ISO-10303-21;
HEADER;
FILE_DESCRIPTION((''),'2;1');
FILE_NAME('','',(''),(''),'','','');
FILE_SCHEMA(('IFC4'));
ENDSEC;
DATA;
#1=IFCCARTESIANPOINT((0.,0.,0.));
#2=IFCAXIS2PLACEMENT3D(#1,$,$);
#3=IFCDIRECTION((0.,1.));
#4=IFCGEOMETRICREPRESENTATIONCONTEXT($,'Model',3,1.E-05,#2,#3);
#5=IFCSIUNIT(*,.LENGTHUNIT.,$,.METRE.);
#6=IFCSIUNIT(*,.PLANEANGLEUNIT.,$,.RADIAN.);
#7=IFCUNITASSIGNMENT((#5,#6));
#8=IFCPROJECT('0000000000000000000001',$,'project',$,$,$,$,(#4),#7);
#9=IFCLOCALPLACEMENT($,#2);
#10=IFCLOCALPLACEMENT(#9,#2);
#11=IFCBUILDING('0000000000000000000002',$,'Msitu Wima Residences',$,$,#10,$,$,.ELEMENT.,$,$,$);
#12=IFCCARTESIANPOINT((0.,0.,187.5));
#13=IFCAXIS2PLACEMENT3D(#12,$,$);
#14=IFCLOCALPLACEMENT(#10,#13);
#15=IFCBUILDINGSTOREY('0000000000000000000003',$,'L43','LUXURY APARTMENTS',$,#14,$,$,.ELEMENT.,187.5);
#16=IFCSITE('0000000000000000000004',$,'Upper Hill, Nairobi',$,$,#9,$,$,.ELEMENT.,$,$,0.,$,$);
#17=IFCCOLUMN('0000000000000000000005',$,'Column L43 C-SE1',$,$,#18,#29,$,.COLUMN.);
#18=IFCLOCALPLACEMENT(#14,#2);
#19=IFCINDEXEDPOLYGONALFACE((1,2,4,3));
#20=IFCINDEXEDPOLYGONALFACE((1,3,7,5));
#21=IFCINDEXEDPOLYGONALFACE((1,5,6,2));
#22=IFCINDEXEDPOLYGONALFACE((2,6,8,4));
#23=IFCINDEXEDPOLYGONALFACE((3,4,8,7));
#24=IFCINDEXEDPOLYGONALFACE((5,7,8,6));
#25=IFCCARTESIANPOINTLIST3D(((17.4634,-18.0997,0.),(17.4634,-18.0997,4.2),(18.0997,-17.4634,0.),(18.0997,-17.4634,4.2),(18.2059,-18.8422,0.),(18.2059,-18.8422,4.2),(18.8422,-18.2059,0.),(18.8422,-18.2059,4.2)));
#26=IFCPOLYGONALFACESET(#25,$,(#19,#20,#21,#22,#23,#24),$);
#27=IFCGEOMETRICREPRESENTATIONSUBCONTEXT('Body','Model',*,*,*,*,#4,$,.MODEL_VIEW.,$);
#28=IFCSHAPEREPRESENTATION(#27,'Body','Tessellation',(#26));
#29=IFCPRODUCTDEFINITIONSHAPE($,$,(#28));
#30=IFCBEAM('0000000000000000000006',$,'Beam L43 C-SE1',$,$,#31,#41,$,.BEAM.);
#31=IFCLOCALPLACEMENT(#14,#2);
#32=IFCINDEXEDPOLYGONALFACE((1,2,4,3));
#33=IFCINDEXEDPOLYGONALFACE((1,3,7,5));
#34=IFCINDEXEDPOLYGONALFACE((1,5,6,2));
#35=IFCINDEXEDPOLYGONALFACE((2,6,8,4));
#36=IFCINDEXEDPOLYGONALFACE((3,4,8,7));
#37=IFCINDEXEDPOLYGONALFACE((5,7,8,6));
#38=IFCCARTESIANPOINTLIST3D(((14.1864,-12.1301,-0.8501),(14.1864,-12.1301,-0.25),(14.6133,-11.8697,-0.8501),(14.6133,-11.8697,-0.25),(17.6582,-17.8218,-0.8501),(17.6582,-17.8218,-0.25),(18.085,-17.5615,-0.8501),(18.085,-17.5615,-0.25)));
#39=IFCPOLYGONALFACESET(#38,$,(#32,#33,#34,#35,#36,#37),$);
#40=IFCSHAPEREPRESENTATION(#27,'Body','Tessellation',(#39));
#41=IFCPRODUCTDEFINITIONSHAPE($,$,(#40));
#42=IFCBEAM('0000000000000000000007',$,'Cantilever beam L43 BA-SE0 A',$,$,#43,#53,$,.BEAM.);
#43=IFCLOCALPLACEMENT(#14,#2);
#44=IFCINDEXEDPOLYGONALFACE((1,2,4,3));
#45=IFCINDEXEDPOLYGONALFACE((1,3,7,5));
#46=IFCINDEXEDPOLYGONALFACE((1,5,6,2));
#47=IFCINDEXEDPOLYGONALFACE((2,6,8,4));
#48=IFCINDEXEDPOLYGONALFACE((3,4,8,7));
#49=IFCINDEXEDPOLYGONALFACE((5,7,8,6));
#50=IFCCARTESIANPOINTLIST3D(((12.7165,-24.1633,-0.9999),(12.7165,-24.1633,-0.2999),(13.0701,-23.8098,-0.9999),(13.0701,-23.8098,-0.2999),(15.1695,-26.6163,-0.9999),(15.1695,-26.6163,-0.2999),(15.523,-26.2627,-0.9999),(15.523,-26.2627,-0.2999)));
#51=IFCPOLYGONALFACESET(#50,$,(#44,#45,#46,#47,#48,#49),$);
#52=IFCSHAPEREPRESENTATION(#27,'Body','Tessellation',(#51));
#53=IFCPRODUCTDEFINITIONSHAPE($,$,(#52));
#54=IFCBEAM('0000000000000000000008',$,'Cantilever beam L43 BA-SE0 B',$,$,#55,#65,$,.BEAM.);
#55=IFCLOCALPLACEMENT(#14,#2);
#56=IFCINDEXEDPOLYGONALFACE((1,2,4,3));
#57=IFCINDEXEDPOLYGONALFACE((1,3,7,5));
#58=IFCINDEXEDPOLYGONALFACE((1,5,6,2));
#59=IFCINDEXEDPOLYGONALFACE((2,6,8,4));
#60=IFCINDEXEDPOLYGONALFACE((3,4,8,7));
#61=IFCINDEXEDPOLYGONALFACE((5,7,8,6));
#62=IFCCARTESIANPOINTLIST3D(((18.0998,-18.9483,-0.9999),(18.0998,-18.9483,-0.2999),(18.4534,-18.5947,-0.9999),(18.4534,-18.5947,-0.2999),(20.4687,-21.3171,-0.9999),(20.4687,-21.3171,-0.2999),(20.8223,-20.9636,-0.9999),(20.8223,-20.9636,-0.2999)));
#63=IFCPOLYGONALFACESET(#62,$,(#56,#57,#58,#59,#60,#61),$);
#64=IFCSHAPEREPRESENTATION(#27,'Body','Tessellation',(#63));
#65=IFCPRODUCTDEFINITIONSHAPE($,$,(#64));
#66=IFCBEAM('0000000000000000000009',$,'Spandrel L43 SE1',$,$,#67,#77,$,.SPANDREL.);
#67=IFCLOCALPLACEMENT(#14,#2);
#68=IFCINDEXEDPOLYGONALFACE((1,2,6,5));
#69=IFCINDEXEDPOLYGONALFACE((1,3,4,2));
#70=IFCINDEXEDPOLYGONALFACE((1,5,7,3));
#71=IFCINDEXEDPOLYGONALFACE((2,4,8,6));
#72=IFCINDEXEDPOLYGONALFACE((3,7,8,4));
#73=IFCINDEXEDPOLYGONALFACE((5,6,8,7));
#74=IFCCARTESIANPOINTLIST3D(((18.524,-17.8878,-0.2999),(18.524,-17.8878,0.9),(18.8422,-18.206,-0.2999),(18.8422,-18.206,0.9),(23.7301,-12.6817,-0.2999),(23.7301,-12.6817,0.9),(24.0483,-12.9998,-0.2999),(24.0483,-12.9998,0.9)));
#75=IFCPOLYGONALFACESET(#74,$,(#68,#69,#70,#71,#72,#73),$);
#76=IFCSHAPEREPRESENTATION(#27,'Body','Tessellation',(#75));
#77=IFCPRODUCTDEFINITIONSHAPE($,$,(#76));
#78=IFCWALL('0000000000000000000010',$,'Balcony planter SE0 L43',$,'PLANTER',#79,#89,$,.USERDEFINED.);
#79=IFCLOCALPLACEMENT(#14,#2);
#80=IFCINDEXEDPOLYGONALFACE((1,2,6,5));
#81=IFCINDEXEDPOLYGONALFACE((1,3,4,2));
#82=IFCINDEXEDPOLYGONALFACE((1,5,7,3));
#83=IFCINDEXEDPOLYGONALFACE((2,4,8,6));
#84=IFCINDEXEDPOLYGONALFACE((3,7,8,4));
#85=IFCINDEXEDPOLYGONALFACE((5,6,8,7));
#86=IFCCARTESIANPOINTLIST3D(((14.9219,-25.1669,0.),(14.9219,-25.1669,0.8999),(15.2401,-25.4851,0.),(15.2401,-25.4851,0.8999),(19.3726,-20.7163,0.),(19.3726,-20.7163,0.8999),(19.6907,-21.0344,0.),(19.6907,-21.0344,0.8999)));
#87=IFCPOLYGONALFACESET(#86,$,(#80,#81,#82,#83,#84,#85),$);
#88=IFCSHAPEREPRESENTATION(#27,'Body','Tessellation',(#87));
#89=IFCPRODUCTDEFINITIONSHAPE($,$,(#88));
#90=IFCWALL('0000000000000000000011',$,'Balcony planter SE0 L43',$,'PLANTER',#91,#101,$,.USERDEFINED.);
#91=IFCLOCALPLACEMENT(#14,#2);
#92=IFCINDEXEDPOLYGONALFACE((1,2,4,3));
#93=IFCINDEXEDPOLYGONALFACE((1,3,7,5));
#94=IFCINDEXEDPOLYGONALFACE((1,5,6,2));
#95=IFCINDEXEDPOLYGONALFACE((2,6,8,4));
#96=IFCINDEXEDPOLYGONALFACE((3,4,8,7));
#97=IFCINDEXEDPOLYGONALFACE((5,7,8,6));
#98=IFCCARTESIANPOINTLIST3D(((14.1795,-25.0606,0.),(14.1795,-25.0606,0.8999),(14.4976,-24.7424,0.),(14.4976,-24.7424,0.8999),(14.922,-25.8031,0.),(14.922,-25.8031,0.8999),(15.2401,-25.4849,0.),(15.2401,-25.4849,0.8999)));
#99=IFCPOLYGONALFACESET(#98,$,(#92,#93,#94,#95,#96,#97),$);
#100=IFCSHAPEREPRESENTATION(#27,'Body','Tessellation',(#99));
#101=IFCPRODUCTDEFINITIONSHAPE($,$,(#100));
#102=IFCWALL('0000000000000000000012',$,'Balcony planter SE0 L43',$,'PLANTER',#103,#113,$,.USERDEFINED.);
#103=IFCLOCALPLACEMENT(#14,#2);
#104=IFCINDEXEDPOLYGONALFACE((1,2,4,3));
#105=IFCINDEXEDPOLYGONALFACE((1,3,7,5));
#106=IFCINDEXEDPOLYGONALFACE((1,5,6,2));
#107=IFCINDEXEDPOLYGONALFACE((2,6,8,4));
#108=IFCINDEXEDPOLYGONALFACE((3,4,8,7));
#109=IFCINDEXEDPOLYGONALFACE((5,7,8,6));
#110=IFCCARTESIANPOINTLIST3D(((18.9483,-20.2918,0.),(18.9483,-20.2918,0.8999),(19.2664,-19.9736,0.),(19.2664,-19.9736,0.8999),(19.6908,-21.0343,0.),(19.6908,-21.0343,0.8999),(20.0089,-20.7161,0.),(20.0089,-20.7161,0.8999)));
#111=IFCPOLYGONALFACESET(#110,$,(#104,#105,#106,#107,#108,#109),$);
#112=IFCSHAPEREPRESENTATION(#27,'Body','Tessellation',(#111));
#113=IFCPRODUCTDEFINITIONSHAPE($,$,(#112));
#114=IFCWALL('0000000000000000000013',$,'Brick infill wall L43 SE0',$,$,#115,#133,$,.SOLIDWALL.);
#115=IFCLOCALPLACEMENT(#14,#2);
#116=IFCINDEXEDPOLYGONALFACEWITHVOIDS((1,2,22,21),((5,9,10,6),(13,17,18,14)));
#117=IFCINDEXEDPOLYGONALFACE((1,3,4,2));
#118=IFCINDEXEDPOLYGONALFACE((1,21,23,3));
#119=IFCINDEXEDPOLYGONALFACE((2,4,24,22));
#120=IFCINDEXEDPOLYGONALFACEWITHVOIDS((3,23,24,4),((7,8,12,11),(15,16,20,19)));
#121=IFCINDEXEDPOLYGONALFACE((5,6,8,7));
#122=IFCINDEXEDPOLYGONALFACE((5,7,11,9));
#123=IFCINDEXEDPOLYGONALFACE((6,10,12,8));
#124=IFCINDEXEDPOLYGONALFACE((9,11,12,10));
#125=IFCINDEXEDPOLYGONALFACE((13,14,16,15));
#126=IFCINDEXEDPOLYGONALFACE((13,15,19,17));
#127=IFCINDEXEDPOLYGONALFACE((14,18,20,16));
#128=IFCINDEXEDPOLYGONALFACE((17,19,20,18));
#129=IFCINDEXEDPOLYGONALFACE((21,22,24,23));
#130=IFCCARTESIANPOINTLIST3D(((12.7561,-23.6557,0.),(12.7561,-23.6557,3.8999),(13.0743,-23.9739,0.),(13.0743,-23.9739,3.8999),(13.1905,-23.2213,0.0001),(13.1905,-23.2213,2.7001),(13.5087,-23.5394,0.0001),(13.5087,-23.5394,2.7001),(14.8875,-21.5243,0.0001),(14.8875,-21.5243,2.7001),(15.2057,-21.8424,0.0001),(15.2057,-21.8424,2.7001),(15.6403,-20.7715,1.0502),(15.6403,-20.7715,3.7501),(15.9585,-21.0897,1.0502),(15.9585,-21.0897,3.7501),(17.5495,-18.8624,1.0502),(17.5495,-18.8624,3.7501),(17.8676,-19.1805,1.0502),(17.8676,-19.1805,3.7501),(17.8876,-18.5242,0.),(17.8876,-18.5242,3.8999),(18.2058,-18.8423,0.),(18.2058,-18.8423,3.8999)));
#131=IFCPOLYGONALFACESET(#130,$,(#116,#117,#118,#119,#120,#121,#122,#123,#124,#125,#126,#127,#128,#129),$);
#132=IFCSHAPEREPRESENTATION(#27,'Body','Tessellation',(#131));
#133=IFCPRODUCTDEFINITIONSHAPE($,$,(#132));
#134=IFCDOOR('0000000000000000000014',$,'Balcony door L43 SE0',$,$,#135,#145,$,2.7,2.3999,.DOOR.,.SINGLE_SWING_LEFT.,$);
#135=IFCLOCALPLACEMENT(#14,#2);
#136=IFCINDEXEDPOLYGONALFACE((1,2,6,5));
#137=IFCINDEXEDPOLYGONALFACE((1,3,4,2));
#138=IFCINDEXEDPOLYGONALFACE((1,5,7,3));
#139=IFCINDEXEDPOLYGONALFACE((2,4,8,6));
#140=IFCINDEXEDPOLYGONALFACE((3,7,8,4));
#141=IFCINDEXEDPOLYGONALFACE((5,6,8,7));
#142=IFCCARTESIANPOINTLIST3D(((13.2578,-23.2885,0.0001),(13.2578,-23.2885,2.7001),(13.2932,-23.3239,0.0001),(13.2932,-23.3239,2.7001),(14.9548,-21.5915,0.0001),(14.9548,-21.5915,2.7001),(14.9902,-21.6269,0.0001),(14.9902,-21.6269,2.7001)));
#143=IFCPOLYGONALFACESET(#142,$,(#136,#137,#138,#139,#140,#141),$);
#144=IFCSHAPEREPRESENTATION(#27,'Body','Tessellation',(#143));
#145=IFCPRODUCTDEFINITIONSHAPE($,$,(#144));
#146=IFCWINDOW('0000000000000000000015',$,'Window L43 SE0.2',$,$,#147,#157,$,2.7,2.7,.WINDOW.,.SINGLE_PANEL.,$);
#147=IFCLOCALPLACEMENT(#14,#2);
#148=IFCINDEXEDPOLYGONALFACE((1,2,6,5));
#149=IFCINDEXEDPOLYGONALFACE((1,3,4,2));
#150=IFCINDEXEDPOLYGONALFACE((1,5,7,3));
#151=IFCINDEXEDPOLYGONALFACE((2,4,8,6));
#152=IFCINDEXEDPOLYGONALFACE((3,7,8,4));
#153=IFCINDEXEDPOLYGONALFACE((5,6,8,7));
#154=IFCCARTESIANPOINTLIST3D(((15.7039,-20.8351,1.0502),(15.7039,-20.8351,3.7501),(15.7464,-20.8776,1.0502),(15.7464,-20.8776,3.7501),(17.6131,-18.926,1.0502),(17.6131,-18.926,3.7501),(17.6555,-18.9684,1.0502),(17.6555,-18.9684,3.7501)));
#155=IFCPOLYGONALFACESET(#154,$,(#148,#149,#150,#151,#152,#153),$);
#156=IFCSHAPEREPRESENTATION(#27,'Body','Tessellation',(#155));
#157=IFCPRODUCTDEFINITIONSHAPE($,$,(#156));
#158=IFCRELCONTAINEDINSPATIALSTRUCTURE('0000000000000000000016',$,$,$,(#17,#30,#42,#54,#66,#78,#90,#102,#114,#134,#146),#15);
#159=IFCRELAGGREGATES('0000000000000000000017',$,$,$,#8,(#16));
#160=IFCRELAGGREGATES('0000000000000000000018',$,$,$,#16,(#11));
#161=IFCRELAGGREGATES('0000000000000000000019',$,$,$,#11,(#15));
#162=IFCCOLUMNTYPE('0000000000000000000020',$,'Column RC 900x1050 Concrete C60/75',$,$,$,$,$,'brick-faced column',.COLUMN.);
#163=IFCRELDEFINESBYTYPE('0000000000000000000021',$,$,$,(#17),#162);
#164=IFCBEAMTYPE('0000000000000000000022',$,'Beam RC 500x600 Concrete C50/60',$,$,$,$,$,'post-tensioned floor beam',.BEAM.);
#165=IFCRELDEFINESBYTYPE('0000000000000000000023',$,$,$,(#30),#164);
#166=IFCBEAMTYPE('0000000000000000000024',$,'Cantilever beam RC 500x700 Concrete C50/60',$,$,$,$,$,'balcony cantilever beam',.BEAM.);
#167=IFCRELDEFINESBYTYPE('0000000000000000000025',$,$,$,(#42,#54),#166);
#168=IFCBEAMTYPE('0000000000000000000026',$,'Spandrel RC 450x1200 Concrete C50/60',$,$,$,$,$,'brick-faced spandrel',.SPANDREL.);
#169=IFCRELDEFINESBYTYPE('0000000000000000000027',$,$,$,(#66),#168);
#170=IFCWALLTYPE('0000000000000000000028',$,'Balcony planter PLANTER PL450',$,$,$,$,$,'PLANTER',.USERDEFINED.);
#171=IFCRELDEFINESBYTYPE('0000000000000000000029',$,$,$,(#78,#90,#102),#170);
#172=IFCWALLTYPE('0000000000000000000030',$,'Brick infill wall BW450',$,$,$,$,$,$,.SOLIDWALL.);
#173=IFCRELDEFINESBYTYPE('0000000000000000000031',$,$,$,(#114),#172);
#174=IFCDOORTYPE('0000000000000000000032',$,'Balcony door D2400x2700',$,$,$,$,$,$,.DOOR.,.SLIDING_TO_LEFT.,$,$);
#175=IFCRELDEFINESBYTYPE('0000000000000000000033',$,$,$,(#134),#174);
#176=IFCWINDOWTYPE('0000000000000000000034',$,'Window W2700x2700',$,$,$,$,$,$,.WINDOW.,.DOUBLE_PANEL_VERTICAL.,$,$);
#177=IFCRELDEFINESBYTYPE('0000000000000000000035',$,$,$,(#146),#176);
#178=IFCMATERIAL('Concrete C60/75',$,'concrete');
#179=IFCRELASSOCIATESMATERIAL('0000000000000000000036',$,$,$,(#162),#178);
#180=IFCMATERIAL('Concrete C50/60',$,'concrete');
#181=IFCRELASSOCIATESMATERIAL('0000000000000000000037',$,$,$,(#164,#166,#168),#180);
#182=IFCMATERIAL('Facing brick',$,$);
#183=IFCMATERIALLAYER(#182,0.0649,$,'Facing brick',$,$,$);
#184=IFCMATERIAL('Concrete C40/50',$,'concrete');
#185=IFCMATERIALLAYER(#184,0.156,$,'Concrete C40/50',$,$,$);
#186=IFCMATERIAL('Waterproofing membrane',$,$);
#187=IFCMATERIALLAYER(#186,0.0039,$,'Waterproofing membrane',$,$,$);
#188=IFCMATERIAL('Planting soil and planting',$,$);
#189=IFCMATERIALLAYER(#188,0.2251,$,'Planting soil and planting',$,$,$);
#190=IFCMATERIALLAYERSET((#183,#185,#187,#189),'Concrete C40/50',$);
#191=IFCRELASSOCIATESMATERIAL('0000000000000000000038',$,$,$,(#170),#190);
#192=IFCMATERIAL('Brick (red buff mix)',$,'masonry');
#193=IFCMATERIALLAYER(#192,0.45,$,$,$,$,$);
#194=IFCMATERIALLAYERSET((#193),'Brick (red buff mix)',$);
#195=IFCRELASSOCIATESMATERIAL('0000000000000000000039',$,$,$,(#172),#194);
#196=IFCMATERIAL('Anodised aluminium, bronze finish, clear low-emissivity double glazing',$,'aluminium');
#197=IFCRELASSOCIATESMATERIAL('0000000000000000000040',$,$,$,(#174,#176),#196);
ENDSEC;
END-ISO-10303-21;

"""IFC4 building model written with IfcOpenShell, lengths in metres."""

from ifc_helpers import new_model, si_unit, direction, frame, frame_2d, origin, origin_2d, place, context, subcontext, project, spatial, rectangle, extrude, material, layer, layer_set, material_profile, profile_set, type_object, element, fill, save


model = new_model("IFC4")

# Units and contexts
model_context = context("Model", 3, precision=1e-05, world=origin(), true_north=direction((0.0, 1.0)))
body_context = subcontext(model_context, "Body", "Model", "MODEL_VIEW")
ifc_project = project(units=[si_unit("LENGTHUNIT", "METRE"), si_unit("PLANEANGLEUNIT", "RADIAN")], contexts=[model_context])

# Site, building, storey
site_placement = place(None, origin())
site = spatial("IfcSite", under=ifc_project, at=site_placement, Name="Upper Hill, Nairobi", CompositionType="ELEMENT", RefElevation=0.0)
building_placement = place(site_placement, origin())
building = spatial("IfcBuilding", under=site, at=building_placement, Name="Msitu Wima Residences", CompositionType="ELEMENT")
storey_placement = place(building_placement, frame((0.0, 0.0, 187.5)))
storey = spatial("IfcBuildingStorey", under=building, at=storey_placement, Name="L43", Description="LUXURY APARTMENTS", CompositionType="ELEMENT", Elevation=187.5)

# Column
ifc_material_1 = material(Name="Concrete C60/75", Category="concrete")
ifc_material_profile_1 = material_profile(ifc_material_1, rectangle(XDim=0.8999, YDim=1.05, at=origin_2d()), Name="RC 900x1050")
ifc_profile_set_1 = profile_set([ifc_material_profile_1], Name="Concrete C60/75")
column_type = type_object("IfcColumnType", Name="Column RC 900x1050 Concrete C60/75", ElementType="brick-faced column", PredefinedType="COLUMN", material=ifc_profile_set_1)
column_placement = place(storey_placement, frame((18.1528, -18.1528, 0.0), z_axis=(0.0, 0.0, 1.0), x_axis=(0.707107, 0.707107, 0.0)))
element("IfcColumn", 1, at=column_placement, inside=storey, type_object=column_type, Name="Column L43 C-SE1", PredefinedType="COLUMN", context=body_context, shape_type="SweptSolid", body=[
    extrude(rectangle(XDim=0.8999, YDim=1.05, at=origin_2d()), origin(), (0.0, 0.0, 1.0), 4.2),
])

# Beams
ifc_material_2 = material(Name="Concrete C50/60", Category="concrete")
ifc_material_profile_2 = material_profile(ifc_material_2, rectangle(XDim=0.5, YDim=0.6001, at=origin_2d()), Name="RC 500x600")
ifc_profile_set_2 = profile_set([ifc_material_profile_2], Name="Concrete C50/60")
beam_type_1 = type_object("IfcBeamType", Name="Beam RC 500x600 Concrete C50/60", ElementType="post-tensioned floor beam", PredefinedType="BEAM", material=ifc_profile_set_2)
beam_1_placement = place(storey_placement, frame((17.8716, -17.6917, -0.55), z_axis=(-0.520734, 0.853719, 0.0), x_axis=(-0.853719, -0.520734, 0.0)))
element("IfcBeam", 2, at=beam_1_placement, inside=storey, type_object=beam_type_1, Name="Beam L43 C-SE1", PredefinedType="BEAM", context=body_context, shape_type="SweptSolid", body=[
    extrude(rectangle(XDim=0.5, YDim=0.6001, at=origin_2d()), origin(), (0.0, 0.0, 1.0), 6.667),
])
ifc_material_profile_3 = material_profile(ifc_material_2, rectangle(XDim=0.5, YDim=0.7, at=origin_2d()), Name="RC 500x700")
ifc_profile_set_3 = profile_set([ifc_material_profile_3], Name="Concrete C50/60")
beam_type_2 = type_object("IfcBeamType", Name="Cantilever beam RC 500x700 Concrete C50/60", ElementType="balcony cantilever beam", PredefinedType="BEAM", material=ifc_profile_set_3)
beam_2_placement = place(storey_placement, frame((12.8933, -23.9866, -0.6499), z_axis=(0.707107, -0.707107, 0.0), x_axis=(0.707107, 0.707107, 0.0)))
element("IfcBeam", 3, at=beam_2_placement, inside=storey, type_object=beam_type_2, Name="Cantilever beam L43 BA-SE0 A", PredefinedType="BEAM", context=body_context, shape_type="SweptSolid", body=[
    extrude(rectangle(XDim=0.5, YDim=0.7, at=origin_2d()), origin(), (0.0, 0.0, 1.0), 3.469),
])
beam_3_placement = place(storey_placement, frame((18.2766, -18.7715, -0.6499), z_axis=(0.707107, -0.707107, 0.0), x_axis=(0.707107, 0.707107, 0.0)))
element("IfcBeam", 4, at=beam_3_placement, inside=storey, type_object=beam_type_2, Name="Cantilever beam L43 BA-SE0 B", PredefinedType="BEAM", context=body_context, shape_type="SweptSolid", body=[
    extrude(rectangle(XDim=0.5, YDim=0.7, at=origin_2d()), origin(), (0.0, 0.0, 1.0), 3.3501),
])
ifc_material_profile_4 = material_profile(ifc_material_2, rectangle(XDim=0.45, YDim=1.2, at=origin_2d()), Name="RC 450x1200")
ifc_profile_set_4 = profile_set([ifc_material_profile_4], Name="Concrete C50/60")
beam_type_3 = type_object("IfcBeamType", Name="Spandrel RC 450x1200 Concrete C50/60", ElementType="brick-faced spandrel", PredefinedType="SPANDREL", material=ifc_profile_set_4)
beam_4_placement = place(storey_placement, frame((18.6831, -18.0469, 0.3), z_axis=(0.707107, 0.707107, 0.0), x_axis=(-0.707107, 0.707107, 0.0)))
element("IfcBeam", 5, at=beam_4_placement, inside=storey, type_object=beam_type_3, Name="Spandrel L43 SE1", PredefinedType="SPANDREL", context=body_context, shape_type="SweptSolid", body=[
    extrude(rectangle(XDim=0.45, YDim=1.2, at=origin_2d()), origin(), (0.0, 0.0, 1.0), 7.3625),
])

# Walls
ifc_material_3 = material(Name="Facing brick")
ifc_layer_1 = layer(ifc_material_3, 0.0649, Name="Facing brick")
ifc_material_4 = material(Name="Concrete C40/50", Category="concrete")
ifc_layer_2 = layer(ifc_material_4, 0.156, Name="Concrete C40/50")
ifc_material_5 = material(Name="Waterproofing membrane")
ifc_layer_3 = layer(ifc_material_5, 0.0039, Name="Waterproofing membrane")
ifc_material_6 = material(Name="Planting soil and planting")
ifc_layer_4 = layer(ifc_material_6, 0.2251, Name="Planting soil and planting")
ifc_layer_set_1 = layer_set([ifc_layer_1, ifc_layer_2, ifc_layer_3, ifc_layer_4], Name="Concrete C40/50")
wall_type_1 = type_object("IfcWallType", Name="Balcony planter PLANTER PL450", ElementType="PLANTER", PredefinedType="USERDEFINED", material=ifc_layer_set_1)
wall_1_placement = place(storey_placement, frame((15.0811, -25.3259, 0.0), z_axis=(0.0, 0.0, 1.0), x_axis=(0.707107, 0.707107, 0.0)))
element("IfcWall", 6, at=wall_1_placement, inside=storey, type_object=wall_type_1, Name="Balcony planter SE0 L43", ObjectType="PLANTER", PredefinedType="USERDEFINED", context=body_context, shape_type="SweptSolid", body=[
    extrude(rectangle(XDim=6.2942, YDim=0.45, at=frame_2d((3.147, 0.0))), origin(), (0.0, 0.0, 1.0), 0.8999),
])
for number, where, z_axis, x_axis, name in (
    (7, (14.3386, -24.9016, 0.0), (0.0, 0.0, 1.0), (0.707107, -0.707107, 0.0), "Balcony planter SE0 L43"),
    (8, (19.1074, -20.1328, 0.0), (0.0, 0.0, 1.0), (0.707107, -0.707107, 0.0), "Balcony planter SE0 L43"),
):
    element("IfcWall", number, at=place(storey_placement, frame(where, z_axis=z_axis, x_axis=x_axis)), inside=storey, type_object=wall_type_1, Name=name, ObjectType="PLANTER", PredefinedType="USERDEFINED", context=body_context, shape_type="SweptSolid", body=[
        extrude(rectangle(XDim=1.05, YDim=0.45, at=frame_2d((0.5249, 0.0))), origin(), (0.0, 0.0, 1.0), 0.8999),
    ])

# Wall, openings, door, window
ifc_material_7 = material(Name="Brick (red buff mix)", Category="masonry")
ifc_layer_5 = layer(ifc_material_7, 0.45)
ifc_layer_set_2 = layer_set([ifc_layer_5], Name="Brick (red buff mix)")
wall_type_2 = type_object("IfcWallType", Name="Brick infill wall BW450", PredefinedType="SOLIDWALL", material=ifc_layer_set_2)
wall_2_placement = place(storey_placement, frame((12.9153, -23.8147, 0.0), z_axis=(0.0, 0.0, 1.0), x_axis=(0.707107, 0.707107, 0.0)))
wall_2 = element("IfcWall", 9, at=wall_2_placement, inside=storey, type_object=wall_type_2, Name="Brick infill wall L43 SE0", PredefinedType="SOLIDWALL", context=body_context, shape_type="SweptSolid", body=[
    extrude(rectangle(XDim=7.2571, YDim=0.45, at=frame_2d((3.6284, 0.0))), origin(), (0.0, 0.0, 1.0), 3.8999),
])
opening_1_placement = place(wall_2_placement, frame((0.6143, 0.0, 0.0)))
opening_1 = element("IfcOpeningElement", 10, at=opening_1_placement, cuts=wall_2, PredefinedType="OPENING", context=body_context, shape_type="SweptSolid", body=[
    extrude(rectangle(XDim=2.3999, YDim=2.7, at=frame_2d((1.2, 1.3501))), frame((0.0, 0.2349, 0.0), z_axis=(0.0, -1.0, 0.0), x_axis=(1.0, 0.0, 0.0)), (0.0, 0.0, 1.0), 0.47),
])
opening_2_placement = place(wall_2_placement, frame((4.0786, 0.0, 1.05)))
opening_2 = element("IfcOpeningElement", 11, at=opening_2_placement, cuts=wall_2, PredefinedType="OPENING", context=body_context, shape_type="SweptSolid", body=[
    extrude(rectangle(XDim=2.7, YDim=2.7, at=frame_2d((1.3501, 1.3501))), frame((0.0, 0.2349, 0.0), z_axis=(0.0, -1.0, 0.0), x_axis=(1.0, 0.0, 0.0)), (0.0, 0.0, 1.0), 0.47),
])
ifc_material_8 = material(Name="Anodised aluminium, bronze finish, clear low-emissivity double glazing", Category="aluminium")
door_type_1 = type_object("IfcDoorType", Name="Balcony door D2400x2700", OperationType="SLIDING_TO_LEFT", PredefinedType="DOOR", material=ifc_material_8)
door_1_placement = place(opening_1_placement, origin())
door_1 = element("IfcDoor", 12, at=door_1_placement, inside=storey, type_object=door_type_1, Name="Balcony door L43 SE0", OperationType="SINGLE_SWING_LEFT", OverallHeight=2.7, OverallWidth=2.3999, PredefinedType="DOOR", context=body_context, shape_type="SweptSolid", body=[
    extrude(rectangle(XDim=2.3999, YDim=2.7, at=frame_2d((1.2, 1.3501))), frame((0.0, 0.1299, 0.0), z_axis=(0.0, -1.0, 0.0), x_axis=(1.0, 0.0, 0.0)), (0.0, 0.0, 1.0), 0.05),
])
fill(opening_1, door_1)
window_type = type_object("IfcWindowType", Name="Window W2700x2700", PartitioningType="DOUBLE_PANEL_VERTICAL", PredefinedType="WINDOW", material=ifc_material_8)
window_1_placement = place(opening_2_placement, origin())
window_1 = element("IfcWindow", 13, at=window_1_placement, inside=storey, type_object=window_type, Name="Window L43 SE0.2", OverallHeight=2.7, OverallWidth=2.7, PartitioningType="SINGLE_PANEL", PredefinedType="WINDOW", context=body_context, shape_type="SweptSolid", body=[
    extrude(rectangle(XDim=2.7, YDim=2.7, at=frame_2d((1.3501, 1.3501))), frame((0.0, 0.135, 0.0), z_axis=(0.0, -1.0, 0.0), x_axis=(1.0, 0.0, 0.0)), (0.0, 0.0, 1.0), 0.0601),
])
fill(opening_2, window_1)

save(model, "model.ifc")
